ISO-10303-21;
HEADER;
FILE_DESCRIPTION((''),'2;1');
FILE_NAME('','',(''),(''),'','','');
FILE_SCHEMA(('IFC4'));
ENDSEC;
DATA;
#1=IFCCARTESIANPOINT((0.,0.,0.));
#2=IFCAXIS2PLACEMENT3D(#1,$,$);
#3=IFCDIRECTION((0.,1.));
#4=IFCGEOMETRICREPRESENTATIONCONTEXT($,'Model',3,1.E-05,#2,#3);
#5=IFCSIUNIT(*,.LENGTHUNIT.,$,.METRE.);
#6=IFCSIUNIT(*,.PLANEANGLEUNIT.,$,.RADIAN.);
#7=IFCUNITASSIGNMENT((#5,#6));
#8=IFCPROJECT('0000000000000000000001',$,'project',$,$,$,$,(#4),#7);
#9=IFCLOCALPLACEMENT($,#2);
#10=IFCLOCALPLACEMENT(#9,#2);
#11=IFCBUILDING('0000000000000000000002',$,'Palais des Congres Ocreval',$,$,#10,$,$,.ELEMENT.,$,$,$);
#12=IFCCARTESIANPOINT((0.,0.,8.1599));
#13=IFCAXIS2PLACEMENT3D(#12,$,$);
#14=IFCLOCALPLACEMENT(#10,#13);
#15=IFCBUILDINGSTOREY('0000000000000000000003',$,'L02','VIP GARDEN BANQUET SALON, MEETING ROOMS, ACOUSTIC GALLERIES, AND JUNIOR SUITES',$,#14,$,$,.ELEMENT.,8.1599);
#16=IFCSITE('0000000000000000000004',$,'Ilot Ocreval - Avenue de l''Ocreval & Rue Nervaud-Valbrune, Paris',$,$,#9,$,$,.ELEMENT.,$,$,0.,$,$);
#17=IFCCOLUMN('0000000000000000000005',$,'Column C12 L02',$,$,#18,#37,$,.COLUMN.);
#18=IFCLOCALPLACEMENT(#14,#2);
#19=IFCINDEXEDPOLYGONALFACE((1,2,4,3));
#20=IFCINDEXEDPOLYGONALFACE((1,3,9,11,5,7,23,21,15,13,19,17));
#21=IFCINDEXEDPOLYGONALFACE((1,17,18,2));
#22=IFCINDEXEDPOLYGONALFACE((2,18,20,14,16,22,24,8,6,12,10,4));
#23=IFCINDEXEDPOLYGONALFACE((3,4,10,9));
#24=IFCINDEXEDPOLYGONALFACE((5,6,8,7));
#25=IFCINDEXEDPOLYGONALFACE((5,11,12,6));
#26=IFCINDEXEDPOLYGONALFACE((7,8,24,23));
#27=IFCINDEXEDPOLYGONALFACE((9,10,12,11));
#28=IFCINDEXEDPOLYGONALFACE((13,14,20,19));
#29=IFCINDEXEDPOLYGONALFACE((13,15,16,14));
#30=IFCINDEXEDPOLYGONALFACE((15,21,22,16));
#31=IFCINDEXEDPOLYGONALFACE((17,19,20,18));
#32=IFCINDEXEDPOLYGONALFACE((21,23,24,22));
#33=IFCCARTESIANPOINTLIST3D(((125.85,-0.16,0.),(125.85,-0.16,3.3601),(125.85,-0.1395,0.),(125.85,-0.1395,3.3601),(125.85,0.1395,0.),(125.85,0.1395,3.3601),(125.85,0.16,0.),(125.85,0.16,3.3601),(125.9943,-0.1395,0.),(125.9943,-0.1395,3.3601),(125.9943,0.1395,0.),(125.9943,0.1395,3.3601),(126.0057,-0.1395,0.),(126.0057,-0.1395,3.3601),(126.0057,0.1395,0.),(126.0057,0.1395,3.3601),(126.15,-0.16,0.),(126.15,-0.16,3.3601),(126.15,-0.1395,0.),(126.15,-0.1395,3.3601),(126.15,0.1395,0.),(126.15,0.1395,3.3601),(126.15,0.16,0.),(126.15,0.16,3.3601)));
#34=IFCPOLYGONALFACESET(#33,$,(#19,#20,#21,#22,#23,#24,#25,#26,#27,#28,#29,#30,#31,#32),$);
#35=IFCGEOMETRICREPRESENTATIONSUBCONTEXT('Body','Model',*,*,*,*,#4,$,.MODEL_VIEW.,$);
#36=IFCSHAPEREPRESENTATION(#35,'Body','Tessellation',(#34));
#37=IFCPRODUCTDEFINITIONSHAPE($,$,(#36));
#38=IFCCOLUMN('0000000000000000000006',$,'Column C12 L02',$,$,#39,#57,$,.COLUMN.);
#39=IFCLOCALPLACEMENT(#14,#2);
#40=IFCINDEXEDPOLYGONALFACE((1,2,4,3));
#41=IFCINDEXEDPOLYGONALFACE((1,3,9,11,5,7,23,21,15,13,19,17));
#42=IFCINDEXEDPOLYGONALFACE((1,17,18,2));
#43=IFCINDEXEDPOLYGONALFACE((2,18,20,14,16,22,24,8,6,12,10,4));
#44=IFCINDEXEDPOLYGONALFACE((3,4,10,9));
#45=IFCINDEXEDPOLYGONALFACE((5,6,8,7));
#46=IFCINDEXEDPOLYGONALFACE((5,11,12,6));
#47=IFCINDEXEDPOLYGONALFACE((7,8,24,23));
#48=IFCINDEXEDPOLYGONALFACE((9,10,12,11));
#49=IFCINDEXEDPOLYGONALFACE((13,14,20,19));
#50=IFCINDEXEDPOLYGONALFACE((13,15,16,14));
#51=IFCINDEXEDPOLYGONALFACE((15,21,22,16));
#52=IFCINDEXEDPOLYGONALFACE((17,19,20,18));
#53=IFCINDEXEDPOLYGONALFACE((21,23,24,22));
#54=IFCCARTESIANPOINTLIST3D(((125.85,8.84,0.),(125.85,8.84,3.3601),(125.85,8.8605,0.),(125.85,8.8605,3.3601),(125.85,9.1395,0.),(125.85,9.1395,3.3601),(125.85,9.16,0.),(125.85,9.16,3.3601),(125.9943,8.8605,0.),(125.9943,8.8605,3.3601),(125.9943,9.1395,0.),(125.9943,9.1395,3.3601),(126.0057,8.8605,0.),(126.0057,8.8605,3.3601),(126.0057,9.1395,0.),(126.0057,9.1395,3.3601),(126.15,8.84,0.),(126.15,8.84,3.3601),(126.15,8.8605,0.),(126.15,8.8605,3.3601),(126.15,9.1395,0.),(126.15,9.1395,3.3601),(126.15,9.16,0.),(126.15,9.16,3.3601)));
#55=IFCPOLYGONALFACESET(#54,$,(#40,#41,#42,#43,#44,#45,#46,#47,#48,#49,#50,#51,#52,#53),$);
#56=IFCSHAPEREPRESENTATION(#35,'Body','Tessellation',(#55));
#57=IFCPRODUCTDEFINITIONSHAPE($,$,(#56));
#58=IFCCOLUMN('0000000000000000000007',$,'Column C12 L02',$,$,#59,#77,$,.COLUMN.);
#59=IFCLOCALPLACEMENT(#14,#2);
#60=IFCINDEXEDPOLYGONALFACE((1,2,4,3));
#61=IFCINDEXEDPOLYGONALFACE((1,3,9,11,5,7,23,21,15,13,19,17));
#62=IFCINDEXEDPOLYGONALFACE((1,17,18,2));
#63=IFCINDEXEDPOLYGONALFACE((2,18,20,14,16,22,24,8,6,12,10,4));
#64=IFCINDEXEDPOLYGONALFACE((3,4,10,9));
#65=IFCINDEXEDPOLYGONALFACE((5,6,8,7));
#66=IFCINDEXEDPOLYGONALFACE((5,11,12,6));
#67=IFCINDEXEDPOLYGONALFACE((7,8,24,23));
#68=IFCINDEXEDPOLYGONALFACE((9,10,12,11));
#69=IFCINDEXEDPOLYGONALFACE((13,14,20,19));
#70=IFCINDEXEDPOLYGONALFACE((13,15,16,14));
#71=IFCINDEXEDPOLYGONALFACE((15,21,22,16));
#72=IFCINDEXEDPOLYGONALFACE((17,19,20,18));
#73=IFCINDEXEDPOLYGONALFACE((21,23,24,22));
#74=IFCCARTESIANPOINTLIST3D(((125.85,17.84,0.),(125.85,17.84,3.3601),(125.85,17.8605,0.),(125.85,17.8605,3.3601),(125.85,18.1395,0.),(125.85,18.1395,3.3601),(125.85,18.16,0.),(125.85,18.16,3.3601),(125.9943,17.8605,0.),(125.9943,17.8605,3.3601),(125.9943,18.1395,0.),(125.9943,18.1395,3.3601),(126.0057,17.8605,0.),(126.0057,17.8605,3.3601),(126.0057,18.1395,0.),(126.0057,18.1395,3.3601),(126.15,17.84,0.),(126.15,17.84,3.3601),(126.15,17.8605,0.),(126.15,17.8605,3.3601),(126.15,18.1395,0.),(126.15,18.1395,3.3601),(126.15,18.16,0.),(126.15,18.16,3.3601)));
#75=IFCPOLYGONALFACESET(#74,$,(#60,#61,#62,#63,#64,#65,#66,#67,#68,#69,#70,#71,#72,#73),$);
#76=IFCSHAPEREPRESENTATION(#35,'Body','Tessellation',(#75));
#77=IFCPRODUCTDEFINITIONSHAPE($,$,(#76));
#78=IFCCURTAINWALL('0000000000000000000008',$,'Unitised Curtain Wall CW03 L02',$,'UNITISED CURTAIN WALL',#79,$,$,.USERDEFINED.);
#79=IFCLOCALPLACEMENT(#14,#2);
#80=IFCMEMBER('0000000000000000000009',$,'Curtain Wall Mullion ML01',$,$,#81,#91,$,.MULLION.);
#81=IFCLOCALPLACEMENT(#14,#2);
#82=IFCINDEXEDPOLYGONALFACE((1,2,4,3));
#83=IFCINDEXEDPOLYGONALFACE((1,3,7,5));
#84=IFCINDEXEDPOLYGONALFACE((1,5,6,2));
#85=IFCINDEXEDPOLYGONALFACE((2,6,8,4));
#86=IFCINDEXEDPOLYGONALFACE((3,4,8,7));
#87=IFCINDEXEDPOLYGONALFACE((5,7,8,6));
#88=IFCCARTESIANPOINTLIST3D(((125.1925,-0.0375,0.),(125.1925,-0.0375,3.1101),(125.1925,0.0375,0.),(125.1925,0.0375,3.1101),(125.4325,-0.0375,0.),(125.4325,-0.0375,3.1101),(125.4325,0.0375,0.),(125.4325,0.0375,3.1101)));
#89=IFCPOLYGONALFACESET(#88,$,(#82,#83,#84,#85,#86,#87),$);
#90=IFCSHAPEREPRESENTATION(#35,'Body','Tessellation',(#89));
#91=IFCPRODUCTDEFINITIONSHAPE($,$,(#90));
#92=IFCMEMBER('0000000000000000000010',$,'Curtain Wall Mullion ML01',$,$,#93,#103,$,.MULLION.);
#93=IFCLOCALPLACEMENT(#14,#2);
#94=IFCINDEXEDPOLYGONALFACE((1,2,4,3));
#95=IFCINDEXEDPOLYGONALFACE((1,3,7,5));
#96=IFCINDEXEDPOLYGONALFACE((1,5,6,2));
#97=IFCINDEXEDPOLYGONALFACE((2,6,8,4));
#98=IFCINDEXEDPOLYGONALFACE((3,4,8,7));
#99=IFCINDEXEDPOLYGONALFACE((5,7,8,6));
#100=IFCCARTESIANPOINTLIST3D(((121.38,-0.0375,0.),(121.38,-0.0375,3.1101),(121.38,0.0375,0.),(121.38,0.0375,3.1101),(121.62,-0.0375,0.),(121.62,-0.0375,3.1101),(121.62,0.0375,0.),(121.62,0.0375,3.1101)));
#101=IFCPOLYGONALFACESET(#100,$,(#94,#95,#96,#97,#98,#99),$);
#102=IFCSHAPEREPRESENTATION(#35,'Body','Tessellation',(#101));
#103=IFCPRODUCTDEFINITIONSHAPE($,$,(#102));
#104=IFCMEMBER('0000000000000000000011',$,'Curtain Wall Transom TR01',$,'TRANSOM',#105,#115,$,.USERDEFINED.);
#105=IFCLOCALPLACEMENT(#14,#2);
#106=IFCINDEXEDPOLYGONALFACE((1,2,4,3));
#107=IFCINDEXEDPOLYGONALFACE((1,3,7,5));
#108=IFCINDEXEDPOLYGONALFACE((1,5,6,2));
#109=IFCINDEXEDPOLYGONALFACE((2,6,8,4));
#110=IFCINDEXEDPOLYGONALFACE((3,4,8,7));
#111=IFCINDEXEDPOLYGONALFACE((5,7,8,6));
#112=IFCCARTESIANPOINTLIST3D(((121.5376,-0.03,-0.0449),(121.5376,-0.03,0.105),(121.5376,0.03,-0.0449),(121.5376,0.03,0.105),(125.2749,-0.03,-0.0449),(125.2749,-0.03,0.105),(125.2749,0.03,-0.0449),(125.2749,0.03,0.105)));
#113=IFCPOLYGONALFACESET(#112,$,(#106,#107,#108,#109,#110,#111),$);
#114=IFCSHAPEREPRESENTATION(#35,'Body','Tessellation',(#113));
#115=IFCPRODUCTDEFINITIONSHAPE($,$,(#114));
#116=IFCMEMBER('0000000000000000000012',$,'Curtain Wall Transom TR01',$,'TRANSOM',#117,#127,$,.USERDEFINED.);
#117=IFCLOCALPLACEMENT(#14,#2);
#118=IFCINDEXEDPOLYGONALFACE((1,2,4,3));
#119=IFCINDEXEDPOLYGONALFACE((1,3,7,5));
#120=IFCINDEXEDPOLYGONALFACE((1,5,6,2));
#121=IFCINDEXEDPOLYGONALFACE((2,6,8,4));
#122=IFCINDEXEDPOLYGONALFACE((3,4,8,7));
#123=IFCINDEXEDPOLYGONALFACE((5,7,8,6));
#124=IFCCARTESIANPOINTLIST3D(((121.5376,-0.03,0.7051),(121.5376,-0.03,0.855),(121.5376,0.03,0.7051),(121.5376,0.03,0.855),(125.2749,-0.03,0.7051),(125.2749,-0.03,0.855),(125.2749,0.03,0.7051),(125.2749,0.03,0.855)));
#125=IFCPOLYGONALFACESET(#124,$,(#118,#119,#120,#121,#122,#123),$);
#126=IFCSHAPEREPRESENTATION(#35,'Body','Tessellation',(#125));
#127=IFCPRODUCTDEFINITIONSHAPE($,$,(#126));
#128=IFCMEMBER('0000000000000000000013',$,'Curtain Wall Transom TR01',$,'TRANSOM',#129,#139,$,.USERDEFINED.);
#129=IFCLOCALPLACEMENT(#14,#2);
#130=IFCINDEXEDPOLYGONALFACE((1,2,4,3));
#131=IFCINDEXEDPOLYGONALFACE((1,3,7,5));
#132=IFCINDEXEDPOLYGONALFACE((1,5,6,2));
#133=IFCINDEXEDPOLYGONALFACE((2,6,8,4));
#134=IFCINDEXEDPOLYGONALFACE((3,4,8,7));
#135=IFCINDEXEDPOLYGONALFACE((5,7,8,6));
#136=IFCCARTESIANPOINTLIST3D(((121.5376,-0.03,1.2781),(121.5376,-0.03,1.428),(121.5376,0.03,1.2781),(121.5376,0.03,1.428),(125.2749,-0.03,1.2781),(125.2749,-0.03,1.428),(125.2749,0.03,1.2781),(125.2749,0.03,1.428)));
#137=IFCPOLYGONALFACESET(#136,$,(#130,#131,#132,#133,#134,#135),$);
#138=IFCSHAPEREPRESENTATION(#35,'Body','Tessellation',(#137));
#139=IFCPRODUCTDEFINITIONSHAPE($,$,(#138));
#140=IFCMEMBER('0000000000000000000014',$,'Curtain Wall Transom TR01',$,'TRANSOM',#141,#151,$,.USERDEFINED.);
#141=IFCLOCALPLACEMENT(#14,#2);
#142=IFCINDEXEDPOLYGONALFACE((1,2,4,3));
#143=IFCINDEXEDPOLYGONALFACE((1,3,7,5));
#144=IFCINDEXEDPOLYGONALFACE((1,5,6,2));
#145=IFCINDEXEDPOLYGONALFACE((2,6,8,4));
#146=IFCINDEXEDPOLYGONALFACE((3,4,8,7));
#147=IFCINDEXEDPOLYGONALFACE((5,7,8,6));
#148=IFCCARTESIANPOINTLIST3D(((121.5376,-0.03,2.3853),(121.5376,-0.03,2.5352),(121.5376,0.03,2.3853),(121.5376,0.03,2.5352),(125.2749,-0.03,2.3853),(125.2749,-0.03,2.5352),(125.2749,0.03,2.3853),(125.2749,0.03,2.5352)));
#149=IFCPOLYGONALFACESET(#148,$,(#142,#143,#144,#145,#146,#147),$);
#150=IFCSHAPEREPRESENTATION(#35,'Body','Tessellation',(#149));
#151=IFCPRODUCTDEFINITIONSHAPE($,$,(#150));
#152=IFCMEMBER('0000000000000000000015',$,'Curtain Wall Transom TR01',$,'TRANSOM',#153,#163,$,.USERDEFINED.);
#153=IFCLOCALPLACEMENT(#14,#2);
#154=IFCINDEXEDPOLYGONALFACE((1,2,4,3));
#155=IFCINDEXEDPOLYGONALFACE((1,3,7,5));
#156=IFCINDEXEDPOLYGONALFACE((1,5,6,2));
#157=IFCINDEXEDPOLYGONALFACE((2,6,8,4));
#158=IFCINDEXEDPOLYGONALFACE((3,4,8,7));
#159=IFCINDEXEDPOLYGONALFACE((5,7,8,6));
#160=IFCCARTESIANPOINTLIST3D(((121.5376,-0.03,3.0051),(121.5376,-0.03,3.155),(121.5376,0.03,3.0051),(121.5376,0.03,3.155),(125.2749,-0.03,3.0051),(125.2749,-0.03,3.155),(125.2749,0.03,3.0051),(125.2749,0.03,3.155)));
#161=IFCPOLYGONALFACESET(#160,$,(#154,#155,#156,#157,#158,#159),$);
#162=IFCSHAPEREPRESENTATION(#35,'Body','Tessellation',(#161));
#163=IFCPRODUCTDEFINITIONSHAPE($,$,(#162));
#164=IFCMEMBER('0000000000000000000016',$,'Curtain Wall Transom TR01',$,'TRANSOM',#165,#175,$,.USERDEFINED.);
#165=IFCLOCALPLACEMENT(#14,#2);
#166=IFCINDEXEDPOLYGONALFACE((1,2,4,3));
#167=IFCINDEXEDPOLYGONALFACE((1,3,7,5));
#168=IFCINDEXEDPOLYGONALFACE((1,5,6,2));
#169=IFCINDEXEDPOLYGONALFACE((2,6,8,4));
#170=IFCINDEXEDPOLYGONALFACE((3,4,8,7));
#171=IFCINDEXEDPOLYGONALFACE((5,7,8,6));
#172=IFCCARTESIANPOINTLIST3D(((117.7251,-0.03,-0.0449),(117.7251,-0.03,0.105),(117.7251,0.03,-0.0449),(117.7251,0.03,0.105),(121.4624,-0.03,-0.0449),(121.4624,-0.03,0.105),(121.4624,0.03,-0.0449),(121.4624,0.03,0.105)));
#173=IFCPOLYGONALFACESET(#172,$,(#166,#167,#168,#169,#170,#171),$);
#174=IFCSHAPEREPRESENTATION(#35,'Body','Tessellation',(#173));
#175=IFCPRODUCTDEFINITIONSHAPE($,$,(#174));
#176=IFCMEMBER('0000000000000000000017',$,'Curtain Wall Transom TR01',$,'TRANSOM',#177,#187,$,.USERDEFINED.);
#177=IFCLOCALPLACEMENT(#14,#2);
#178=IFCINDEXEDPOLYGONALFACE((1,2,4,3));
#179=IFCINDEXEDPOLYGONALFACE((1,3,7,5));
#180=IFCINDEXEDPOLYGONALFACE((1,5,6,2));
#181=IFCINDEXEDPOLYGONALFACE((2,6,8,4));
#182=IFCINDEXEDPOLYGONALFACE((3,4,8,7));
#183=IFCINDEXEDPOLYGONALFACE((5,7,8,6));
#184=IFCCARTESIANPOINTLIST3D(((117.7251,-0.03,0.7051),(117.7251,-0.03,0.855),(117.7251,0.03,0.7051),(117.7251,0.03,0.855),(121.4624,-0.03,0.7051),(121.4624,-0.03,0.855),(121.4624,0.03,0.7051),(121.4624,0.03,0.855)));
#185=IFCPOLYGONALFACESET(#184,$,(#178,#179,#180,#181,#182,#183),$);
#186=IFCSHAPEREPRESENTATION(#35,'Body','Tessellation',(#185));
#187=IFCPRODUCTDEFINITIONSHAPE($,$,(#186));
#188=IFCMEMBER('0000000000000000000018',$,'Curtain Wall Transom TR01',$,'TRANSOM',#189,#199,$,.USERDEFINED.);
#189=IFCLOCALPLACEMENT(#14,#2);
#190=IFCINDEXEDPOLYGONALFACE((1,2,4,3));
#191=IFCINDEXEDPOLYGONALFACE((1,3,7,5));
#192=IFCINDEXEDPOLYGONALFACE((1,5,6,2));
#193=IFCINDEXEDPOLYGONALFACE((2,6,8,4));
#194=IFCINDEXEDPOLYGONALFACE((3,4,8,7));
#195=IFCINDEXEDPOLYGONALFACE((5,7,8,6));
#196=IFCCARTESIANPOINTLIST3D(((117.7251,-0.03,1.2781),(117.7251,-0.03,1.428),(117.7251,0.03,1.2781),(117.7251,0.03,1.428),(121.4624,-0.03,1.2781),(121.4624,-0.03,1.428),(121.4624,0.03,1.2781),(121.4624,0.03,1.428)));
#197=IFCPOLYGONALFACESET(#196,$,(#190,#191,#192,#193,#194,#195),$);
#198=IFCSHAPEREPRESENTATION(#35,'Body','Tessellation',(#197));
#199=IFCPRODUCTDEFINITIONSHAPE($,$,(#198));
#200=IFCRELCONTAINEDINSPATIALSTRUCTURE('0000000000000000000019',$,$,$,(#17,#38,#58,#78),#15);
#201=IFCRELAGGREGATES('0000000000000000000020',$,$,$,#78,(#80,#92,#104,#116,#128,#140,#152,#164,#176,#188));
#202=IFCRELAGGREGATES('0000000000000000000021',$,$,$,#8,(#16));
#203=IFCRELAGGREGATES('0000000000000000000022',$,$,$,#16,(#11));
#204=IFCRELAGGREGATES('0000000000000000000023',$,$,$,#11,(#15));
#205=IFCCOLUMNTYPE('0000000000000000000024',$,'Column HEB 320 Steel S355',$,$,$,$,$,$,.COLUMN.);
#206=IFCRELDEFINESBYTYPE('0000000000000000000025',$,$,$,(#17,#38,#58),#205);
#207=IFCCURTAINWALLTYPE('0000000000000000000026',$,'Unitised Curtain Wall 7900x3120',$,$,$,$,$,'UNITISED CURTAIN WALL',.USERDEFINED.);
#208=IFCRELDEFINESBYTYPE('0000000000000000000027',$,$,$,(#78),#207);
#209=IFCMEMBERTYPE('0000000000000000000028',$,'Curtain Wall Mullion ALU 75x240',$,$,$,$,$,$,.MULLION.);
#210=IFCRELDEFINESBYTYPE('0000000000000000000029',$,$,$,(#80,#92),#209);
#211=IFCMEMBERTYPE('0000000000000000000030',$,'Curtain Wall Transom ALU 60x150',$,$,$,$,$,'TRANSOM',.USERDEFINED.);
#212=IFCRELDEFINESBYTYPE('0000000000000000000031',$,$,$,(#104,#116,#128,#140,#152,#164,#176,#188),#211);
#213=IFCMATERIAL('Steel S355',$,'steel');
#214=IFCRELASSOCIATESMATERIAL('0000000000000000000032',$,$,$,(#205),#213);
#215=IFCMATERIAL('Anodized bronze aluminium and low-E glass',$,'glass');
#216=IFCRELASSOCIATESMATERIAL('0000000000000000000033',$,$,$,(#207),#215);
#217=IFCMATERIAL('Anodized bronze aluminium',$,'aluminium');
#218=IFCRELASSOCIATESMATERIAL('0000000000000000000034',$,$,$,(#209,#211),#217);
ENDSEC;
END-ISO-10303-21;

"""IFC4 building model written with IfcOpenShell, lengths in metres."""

from ifc_helpers import new_model, si_unit, direction, frame, origin, origin_2d, place, context, subcontext, project, spatial, rectangle, i_section, extrude, material, material_profile, profile_set, type_object, element, aggregate, save


model = new_model("IFC4")

# Units and contexts
model_context = context("Model", 3, precision=1e-05, world=origin(), true_north=direction((0.0, 1.0)))
body_context = subcontext(model_context, "Body", "Model", "MODEL_VIEW")
ifc_project = project(units=[si_unit("LENGTHUNIT", "METRE"), si_unit("PLANEANGLEUNIT", "RADIAN")], contexts=[model_context])

# Site, building, storey
site_placement = place(None, origin())
site = spatial("IfcSite", under=ifc_project, at=site_placement, Name="Ilot Ocreval - Avenue de l'Ocreval & Rue Nervaud-Valbrune, Paris", CompositionType="ELEMENT", RefElevation=0.0)
building_placement = place(site_placement, origin())
building = spatial("IfcBuilding", under=site, at=building_placement, Name="Palais des Congres Ocreval", CompositionType="ELEMENT")
storey_placement = place(building_placement, frame((0.0, 0.0, 8.1599)))
storey = spatial("IfcBuildingStorey", under=building, at=storey_placement, Name="L02", Description="VIP GARDEN BANQUET SALON, MEETING ROOMS, ACOUSTIC GALLERIES, AND JUNIOR SUITES", CompositionType="ELEMENT", Elevation=8.1599)

# Columns
ifc_material_1 = material(Name="Steel S355", Category="steel")
ifc_material_profile_1 = material_profile(ifc_material_1, i_section(OverallWidth=0.3, OverallDepth=0.3201, WebThickness=0.0115, FlangeThickness=0.0205, at=origin_2d()), Name="HEB 320")
ifc_profile_set_1 = profile_set([ifc_material_profile_1], Name="Steel S355")
column_type = type_object("IfcColumnType", Name="Column HEB 320 Steel S355", PredefinedType="COLUMN", material=ifc_profile_set_1)
for number, where, z_axis, x_axis, name in (
    (1, (126.0, 0.0, 0.0), (0.0, 0.0, 1.0), (1.0, 0.0, 0.0), "Column C12 L02"),
    (2, (126.0, 9.0, 0.0), (0.0, 0.0, 1.0), (1.0, 0.0, 0.0), "Column C12 L02"),
    (3, (126.0, 18.0, 0.0), (0.0, 0.0, 1.0), (1.0, 0.0, 0.0), "Column C12 L02"),
):
    element("IfcColumn", number, at=place(storey_placement, frame(where, z_axis=z_axis, x_axis=x_axis)), inside=storey, type_object=column_type, Name=name, PredefinedType="COLUMN", context=body_context, shape_type="SweptSolid", body=[
        extrude(i_section(OverallWidth=0.3, OverallDepth=0.3201, WebThickness=0.0115, FlangeThickness=0.0205, at=origin_2d()), origin(), (0.0, 0.0, 1.0), 3.3601),
    ])

# Curtain wall, members
ifc_material_2 = material(Name="Anodized bronze aluminium and low-E glass", Category="glass")
curtain_wall_type = type_object("IfcCurtainWallType", Name="Unitised Curtain Wall 7900x3120", ElementType="UNITISED CURTAIN WALL", PredefinedType="USERDEFINED", material=ifc_material_2)
curtain_wall_placement = place(storey_placement, origin())
curtain_wall = element("IfcCurtainWall", 4, at=curtain_wall_placement, inside=storey, type_object=curtain_wall_type, Name="Unitised Curtain Wall CW03 L02", ObjectType="UNITISED CURTAIN WALL", PredefinedType="USERDEFINED")
ifc_material_3 = material(Name="Anodized bronze aluminium", Category="aluminium")
ifc_material_profile_2 = material_profile(ifc_material_3, rectangle(XDim=0.075, YDim=0.24, at=origin_2d()), Name="ALU 75x240")
ifc_profile_set_2 = profile_set([ifc_material_profile_2], Name="Anodized bronze aluminium")
member_type_1 = type_object("IfcMemberType", Name="Curtain Wall Mullion ALU 75x240", PredefinedType="MULLION", material=ifc_profile_set_2)
member_1_placement = place(storey_placement, frame((125.3125, 0.0, 0.0), z_axis=(0.0, 0.0, 1.0), x_axis=(0.0, -1.0, 0.0)))
member_1 = element("IfcMember", 5, at=member_1_placement, type_object=member_type_1, Name="Curtain Wall Mullion ML01", PredefinedType="MULLION", context=body_context, shape_type="SweptSolid", body=[
    extrude(rectangle(XDim=0.075, YDim=0.24, at=origin_2d()), origin(), (0.0, 0.0, 1.0), 3.1101),
])
member_2_placement = place(storey_placement, frame((121.5, 0.0, 0.0), z_axis=(0.0, 0.0, 1.0), x_axis=(0.0, -1.0, 0.0)))
member_2 = element("IfcMember", 6, at=member_2_placement, type_object=member_type_1, Name="Curtain Wall Mullion ML01", PredefinedType="MULLION", context=body_context, shape_type="SweptSolid", body=[
    extrude(rectangle(XDim=0.075, YDim=0.24, at=origin_2d()), origin(), (0.0, 0.0, 1.0), 3.1101),
])
ifc_material_profile_3 = material_profile(ifc_material_3, rectangle(XDim=0.0601, YDim=0.1499, at=origin_2d()), Name="ALU 60x150")
ifc_profile_set_3 = profile_set([ifc_material_profile_3], Name="Anodized bronze aluminium")
member_type_2 = type_object("IfcMemberType", Name="Curtain Wall Transom ALU 60x150", ElementType="TRANSOM", PredefinedType="USERDEFINED", material=ifc_profile_set_3)
member_3_placement = place(storey_placement, frame((125.2749, 0.0, 0.03), z_axis=(-1.0, 0.0, 0.0), x_axis=(0.0, -1.0, 0.0)))
member_3 = element("IfcMember", 7, at=member_3_placement, type_object=member_type_2, Name="Curtain Wall Transom TR01", ObjectType="TRANSOM", PredefinedType="USERDEFINED", context=body_context, shape_type="SweptSolid", body=[
    extrude(rectangle(XDim=0.0601, YDim=0.1499, at=origin_2d()), origin(), (0.0, 0.0, 1.0), 3.7373),
])
member_4_placement = place(storey_placement, frame((125.2749, 0.0, 0.78), z_axis=(-1.0, 0.0, 0.0), x_axis=(0.0, -1.0, 0.0)))
member_4 = element("IfcMember", 8, at=member_4_placement, type_object=member_type_2, Name="Curtain Wall Transom TR01", ObjectType="TRANSOM", PredefinedType="USERDEFINED", context=body_context, shape_type="SweptSolid", body=[
    extrude(rectangle(XDim=0.0601, YDim=0.1499, at=origin_2d()), origin(), (0.0, 0.0, 1.0), 3.7373),
])
member_5_placement = place(storey_placement, frame((125.2749, 0.0, 1.353), z_axis=(-1.0, 0.0, 0.0), x_axis=(0.0, -1.0, 0.0)))
member_5 = element("IfcMember", 9, at=member_5_placement, type_object=member_type_2, Name="Curtain Wall Transom TR01", ObjectType="TRANSOM", PredefinedType="USERDEFINED", context=body_context, shape_type="SweptSolid", body=[
    extrude(rectangle(XDim=0.0601, YDim=0.1499, at=origin_2d()), origin(), (0.0, 0.0, 1.0), 3.7373),
])
member_6_placement = place(storey_placement, frame((125.2749, 0.0, 2.4602), z_axis=(-1.0, 0.0, 0.0), x_axis=(0.0, -1.0, 0.0)))
member_6 = element("IfcMember", 10, at=member_6_placement, type_object=member_type_2, Name="Curtain Wall Transom TR01", ObjectType="TRANSOM", PredefinedType="USERDEFINED", context=body_context, shape_type="SweptSolid", body=[
    extrude(rectangle(XDim=0.0601, YDim=0.1499, at=origin_2d()), origin(), (0.0, 0.0, 1.0), 3.7373),
])
member_7_placement = place(storey_placement, frame((125.2749, 0.0, 3.0801), z_axis=(-1.0, 0.0, 0.0), x_axis=(0.0, -1.0, 0.0)))
member_7 = element("IfcMember", 11, at=member_7_placement, type_object=member_type_2, Name="Curtain Wall Transom TR01", ObjectType="TRANSOM", PredefinedType="USERDEFINED", context=body_context, shape_type="SweptSolid", body=[
    extrude(rectangle(XDim=0.0601, YDim=0.1499, at=origin_2d()), origin(), (0.0, 0.0, 1.0), 3.7373),
])
member_8_placement = place(storey_placement, frame((121.4624, 0.0, 0.03), z_axis=(-1.0, 0.0, 0.0), x_axis=(0.0, -1.0, 0.0)))
member_8 = element("IfcMember", 12, at=member_8_placement, type_object=member_type_2, Name="Curtain Wall Transom TR01", ObjectType="TRANSOM", PredefinedType="USERDEFINED", context=body_context, shape_type="SweptSolid", body=[
    extrude(rectangle(XDim=0.0601, YDim=0.1499, at=origin_2d()), origin(), (0.0, 0.0, 1.0), 3.7373),
])
member_9_placement = place(storey_placement, frame((121.4624, 0.0, 0.78), z_axis=(-1.0, 0.0, 0.0), x_axis=(0.0, -1.0, 0.0)))
member_9 = element("IfcMember", 13, at=member_9_placement, type_object=member_type_2, Name="Curtain Wall Transom TR01", ObjectType="TRANSOM", PredefinedType="USERDEFINED", context=body_context, shape_type="SweptSolid", body=[
    extrude(rectangle(XDim=0.0601, YDim=0.1499, at=origin_2d()), origin(), (0.0, 0.0, 1.0), 3.7373),
])
member_10_placement = place(storey_placement, frame((121.4624, 0.0, 1.353), z_axis=(-1.0, 0.0, 0.0), x_axis=(0.0, -1.0, 0.0)))
member_10 = element("IfcMember", 14, at=member_10_placement, type_object=member_type_2, Name="Curtain Wall Transom TR01", ObjectType="TRANSOM", PredefinedType="USERDEFINED", context=body_context, shape_type="SweptSolid", body=[
    extrude(rectangle(XDim=0.0601, YDim=0.1499, at=origin_2d()), origin(), (0.0, 0.0, 1.0), 3.7373),
])

aggregate(curtain_wall, [member_1, member_2, member_3, member_4, member_5, member_6, member_7, member_8, member_9, member_10])

save(model, "model.ifc")
